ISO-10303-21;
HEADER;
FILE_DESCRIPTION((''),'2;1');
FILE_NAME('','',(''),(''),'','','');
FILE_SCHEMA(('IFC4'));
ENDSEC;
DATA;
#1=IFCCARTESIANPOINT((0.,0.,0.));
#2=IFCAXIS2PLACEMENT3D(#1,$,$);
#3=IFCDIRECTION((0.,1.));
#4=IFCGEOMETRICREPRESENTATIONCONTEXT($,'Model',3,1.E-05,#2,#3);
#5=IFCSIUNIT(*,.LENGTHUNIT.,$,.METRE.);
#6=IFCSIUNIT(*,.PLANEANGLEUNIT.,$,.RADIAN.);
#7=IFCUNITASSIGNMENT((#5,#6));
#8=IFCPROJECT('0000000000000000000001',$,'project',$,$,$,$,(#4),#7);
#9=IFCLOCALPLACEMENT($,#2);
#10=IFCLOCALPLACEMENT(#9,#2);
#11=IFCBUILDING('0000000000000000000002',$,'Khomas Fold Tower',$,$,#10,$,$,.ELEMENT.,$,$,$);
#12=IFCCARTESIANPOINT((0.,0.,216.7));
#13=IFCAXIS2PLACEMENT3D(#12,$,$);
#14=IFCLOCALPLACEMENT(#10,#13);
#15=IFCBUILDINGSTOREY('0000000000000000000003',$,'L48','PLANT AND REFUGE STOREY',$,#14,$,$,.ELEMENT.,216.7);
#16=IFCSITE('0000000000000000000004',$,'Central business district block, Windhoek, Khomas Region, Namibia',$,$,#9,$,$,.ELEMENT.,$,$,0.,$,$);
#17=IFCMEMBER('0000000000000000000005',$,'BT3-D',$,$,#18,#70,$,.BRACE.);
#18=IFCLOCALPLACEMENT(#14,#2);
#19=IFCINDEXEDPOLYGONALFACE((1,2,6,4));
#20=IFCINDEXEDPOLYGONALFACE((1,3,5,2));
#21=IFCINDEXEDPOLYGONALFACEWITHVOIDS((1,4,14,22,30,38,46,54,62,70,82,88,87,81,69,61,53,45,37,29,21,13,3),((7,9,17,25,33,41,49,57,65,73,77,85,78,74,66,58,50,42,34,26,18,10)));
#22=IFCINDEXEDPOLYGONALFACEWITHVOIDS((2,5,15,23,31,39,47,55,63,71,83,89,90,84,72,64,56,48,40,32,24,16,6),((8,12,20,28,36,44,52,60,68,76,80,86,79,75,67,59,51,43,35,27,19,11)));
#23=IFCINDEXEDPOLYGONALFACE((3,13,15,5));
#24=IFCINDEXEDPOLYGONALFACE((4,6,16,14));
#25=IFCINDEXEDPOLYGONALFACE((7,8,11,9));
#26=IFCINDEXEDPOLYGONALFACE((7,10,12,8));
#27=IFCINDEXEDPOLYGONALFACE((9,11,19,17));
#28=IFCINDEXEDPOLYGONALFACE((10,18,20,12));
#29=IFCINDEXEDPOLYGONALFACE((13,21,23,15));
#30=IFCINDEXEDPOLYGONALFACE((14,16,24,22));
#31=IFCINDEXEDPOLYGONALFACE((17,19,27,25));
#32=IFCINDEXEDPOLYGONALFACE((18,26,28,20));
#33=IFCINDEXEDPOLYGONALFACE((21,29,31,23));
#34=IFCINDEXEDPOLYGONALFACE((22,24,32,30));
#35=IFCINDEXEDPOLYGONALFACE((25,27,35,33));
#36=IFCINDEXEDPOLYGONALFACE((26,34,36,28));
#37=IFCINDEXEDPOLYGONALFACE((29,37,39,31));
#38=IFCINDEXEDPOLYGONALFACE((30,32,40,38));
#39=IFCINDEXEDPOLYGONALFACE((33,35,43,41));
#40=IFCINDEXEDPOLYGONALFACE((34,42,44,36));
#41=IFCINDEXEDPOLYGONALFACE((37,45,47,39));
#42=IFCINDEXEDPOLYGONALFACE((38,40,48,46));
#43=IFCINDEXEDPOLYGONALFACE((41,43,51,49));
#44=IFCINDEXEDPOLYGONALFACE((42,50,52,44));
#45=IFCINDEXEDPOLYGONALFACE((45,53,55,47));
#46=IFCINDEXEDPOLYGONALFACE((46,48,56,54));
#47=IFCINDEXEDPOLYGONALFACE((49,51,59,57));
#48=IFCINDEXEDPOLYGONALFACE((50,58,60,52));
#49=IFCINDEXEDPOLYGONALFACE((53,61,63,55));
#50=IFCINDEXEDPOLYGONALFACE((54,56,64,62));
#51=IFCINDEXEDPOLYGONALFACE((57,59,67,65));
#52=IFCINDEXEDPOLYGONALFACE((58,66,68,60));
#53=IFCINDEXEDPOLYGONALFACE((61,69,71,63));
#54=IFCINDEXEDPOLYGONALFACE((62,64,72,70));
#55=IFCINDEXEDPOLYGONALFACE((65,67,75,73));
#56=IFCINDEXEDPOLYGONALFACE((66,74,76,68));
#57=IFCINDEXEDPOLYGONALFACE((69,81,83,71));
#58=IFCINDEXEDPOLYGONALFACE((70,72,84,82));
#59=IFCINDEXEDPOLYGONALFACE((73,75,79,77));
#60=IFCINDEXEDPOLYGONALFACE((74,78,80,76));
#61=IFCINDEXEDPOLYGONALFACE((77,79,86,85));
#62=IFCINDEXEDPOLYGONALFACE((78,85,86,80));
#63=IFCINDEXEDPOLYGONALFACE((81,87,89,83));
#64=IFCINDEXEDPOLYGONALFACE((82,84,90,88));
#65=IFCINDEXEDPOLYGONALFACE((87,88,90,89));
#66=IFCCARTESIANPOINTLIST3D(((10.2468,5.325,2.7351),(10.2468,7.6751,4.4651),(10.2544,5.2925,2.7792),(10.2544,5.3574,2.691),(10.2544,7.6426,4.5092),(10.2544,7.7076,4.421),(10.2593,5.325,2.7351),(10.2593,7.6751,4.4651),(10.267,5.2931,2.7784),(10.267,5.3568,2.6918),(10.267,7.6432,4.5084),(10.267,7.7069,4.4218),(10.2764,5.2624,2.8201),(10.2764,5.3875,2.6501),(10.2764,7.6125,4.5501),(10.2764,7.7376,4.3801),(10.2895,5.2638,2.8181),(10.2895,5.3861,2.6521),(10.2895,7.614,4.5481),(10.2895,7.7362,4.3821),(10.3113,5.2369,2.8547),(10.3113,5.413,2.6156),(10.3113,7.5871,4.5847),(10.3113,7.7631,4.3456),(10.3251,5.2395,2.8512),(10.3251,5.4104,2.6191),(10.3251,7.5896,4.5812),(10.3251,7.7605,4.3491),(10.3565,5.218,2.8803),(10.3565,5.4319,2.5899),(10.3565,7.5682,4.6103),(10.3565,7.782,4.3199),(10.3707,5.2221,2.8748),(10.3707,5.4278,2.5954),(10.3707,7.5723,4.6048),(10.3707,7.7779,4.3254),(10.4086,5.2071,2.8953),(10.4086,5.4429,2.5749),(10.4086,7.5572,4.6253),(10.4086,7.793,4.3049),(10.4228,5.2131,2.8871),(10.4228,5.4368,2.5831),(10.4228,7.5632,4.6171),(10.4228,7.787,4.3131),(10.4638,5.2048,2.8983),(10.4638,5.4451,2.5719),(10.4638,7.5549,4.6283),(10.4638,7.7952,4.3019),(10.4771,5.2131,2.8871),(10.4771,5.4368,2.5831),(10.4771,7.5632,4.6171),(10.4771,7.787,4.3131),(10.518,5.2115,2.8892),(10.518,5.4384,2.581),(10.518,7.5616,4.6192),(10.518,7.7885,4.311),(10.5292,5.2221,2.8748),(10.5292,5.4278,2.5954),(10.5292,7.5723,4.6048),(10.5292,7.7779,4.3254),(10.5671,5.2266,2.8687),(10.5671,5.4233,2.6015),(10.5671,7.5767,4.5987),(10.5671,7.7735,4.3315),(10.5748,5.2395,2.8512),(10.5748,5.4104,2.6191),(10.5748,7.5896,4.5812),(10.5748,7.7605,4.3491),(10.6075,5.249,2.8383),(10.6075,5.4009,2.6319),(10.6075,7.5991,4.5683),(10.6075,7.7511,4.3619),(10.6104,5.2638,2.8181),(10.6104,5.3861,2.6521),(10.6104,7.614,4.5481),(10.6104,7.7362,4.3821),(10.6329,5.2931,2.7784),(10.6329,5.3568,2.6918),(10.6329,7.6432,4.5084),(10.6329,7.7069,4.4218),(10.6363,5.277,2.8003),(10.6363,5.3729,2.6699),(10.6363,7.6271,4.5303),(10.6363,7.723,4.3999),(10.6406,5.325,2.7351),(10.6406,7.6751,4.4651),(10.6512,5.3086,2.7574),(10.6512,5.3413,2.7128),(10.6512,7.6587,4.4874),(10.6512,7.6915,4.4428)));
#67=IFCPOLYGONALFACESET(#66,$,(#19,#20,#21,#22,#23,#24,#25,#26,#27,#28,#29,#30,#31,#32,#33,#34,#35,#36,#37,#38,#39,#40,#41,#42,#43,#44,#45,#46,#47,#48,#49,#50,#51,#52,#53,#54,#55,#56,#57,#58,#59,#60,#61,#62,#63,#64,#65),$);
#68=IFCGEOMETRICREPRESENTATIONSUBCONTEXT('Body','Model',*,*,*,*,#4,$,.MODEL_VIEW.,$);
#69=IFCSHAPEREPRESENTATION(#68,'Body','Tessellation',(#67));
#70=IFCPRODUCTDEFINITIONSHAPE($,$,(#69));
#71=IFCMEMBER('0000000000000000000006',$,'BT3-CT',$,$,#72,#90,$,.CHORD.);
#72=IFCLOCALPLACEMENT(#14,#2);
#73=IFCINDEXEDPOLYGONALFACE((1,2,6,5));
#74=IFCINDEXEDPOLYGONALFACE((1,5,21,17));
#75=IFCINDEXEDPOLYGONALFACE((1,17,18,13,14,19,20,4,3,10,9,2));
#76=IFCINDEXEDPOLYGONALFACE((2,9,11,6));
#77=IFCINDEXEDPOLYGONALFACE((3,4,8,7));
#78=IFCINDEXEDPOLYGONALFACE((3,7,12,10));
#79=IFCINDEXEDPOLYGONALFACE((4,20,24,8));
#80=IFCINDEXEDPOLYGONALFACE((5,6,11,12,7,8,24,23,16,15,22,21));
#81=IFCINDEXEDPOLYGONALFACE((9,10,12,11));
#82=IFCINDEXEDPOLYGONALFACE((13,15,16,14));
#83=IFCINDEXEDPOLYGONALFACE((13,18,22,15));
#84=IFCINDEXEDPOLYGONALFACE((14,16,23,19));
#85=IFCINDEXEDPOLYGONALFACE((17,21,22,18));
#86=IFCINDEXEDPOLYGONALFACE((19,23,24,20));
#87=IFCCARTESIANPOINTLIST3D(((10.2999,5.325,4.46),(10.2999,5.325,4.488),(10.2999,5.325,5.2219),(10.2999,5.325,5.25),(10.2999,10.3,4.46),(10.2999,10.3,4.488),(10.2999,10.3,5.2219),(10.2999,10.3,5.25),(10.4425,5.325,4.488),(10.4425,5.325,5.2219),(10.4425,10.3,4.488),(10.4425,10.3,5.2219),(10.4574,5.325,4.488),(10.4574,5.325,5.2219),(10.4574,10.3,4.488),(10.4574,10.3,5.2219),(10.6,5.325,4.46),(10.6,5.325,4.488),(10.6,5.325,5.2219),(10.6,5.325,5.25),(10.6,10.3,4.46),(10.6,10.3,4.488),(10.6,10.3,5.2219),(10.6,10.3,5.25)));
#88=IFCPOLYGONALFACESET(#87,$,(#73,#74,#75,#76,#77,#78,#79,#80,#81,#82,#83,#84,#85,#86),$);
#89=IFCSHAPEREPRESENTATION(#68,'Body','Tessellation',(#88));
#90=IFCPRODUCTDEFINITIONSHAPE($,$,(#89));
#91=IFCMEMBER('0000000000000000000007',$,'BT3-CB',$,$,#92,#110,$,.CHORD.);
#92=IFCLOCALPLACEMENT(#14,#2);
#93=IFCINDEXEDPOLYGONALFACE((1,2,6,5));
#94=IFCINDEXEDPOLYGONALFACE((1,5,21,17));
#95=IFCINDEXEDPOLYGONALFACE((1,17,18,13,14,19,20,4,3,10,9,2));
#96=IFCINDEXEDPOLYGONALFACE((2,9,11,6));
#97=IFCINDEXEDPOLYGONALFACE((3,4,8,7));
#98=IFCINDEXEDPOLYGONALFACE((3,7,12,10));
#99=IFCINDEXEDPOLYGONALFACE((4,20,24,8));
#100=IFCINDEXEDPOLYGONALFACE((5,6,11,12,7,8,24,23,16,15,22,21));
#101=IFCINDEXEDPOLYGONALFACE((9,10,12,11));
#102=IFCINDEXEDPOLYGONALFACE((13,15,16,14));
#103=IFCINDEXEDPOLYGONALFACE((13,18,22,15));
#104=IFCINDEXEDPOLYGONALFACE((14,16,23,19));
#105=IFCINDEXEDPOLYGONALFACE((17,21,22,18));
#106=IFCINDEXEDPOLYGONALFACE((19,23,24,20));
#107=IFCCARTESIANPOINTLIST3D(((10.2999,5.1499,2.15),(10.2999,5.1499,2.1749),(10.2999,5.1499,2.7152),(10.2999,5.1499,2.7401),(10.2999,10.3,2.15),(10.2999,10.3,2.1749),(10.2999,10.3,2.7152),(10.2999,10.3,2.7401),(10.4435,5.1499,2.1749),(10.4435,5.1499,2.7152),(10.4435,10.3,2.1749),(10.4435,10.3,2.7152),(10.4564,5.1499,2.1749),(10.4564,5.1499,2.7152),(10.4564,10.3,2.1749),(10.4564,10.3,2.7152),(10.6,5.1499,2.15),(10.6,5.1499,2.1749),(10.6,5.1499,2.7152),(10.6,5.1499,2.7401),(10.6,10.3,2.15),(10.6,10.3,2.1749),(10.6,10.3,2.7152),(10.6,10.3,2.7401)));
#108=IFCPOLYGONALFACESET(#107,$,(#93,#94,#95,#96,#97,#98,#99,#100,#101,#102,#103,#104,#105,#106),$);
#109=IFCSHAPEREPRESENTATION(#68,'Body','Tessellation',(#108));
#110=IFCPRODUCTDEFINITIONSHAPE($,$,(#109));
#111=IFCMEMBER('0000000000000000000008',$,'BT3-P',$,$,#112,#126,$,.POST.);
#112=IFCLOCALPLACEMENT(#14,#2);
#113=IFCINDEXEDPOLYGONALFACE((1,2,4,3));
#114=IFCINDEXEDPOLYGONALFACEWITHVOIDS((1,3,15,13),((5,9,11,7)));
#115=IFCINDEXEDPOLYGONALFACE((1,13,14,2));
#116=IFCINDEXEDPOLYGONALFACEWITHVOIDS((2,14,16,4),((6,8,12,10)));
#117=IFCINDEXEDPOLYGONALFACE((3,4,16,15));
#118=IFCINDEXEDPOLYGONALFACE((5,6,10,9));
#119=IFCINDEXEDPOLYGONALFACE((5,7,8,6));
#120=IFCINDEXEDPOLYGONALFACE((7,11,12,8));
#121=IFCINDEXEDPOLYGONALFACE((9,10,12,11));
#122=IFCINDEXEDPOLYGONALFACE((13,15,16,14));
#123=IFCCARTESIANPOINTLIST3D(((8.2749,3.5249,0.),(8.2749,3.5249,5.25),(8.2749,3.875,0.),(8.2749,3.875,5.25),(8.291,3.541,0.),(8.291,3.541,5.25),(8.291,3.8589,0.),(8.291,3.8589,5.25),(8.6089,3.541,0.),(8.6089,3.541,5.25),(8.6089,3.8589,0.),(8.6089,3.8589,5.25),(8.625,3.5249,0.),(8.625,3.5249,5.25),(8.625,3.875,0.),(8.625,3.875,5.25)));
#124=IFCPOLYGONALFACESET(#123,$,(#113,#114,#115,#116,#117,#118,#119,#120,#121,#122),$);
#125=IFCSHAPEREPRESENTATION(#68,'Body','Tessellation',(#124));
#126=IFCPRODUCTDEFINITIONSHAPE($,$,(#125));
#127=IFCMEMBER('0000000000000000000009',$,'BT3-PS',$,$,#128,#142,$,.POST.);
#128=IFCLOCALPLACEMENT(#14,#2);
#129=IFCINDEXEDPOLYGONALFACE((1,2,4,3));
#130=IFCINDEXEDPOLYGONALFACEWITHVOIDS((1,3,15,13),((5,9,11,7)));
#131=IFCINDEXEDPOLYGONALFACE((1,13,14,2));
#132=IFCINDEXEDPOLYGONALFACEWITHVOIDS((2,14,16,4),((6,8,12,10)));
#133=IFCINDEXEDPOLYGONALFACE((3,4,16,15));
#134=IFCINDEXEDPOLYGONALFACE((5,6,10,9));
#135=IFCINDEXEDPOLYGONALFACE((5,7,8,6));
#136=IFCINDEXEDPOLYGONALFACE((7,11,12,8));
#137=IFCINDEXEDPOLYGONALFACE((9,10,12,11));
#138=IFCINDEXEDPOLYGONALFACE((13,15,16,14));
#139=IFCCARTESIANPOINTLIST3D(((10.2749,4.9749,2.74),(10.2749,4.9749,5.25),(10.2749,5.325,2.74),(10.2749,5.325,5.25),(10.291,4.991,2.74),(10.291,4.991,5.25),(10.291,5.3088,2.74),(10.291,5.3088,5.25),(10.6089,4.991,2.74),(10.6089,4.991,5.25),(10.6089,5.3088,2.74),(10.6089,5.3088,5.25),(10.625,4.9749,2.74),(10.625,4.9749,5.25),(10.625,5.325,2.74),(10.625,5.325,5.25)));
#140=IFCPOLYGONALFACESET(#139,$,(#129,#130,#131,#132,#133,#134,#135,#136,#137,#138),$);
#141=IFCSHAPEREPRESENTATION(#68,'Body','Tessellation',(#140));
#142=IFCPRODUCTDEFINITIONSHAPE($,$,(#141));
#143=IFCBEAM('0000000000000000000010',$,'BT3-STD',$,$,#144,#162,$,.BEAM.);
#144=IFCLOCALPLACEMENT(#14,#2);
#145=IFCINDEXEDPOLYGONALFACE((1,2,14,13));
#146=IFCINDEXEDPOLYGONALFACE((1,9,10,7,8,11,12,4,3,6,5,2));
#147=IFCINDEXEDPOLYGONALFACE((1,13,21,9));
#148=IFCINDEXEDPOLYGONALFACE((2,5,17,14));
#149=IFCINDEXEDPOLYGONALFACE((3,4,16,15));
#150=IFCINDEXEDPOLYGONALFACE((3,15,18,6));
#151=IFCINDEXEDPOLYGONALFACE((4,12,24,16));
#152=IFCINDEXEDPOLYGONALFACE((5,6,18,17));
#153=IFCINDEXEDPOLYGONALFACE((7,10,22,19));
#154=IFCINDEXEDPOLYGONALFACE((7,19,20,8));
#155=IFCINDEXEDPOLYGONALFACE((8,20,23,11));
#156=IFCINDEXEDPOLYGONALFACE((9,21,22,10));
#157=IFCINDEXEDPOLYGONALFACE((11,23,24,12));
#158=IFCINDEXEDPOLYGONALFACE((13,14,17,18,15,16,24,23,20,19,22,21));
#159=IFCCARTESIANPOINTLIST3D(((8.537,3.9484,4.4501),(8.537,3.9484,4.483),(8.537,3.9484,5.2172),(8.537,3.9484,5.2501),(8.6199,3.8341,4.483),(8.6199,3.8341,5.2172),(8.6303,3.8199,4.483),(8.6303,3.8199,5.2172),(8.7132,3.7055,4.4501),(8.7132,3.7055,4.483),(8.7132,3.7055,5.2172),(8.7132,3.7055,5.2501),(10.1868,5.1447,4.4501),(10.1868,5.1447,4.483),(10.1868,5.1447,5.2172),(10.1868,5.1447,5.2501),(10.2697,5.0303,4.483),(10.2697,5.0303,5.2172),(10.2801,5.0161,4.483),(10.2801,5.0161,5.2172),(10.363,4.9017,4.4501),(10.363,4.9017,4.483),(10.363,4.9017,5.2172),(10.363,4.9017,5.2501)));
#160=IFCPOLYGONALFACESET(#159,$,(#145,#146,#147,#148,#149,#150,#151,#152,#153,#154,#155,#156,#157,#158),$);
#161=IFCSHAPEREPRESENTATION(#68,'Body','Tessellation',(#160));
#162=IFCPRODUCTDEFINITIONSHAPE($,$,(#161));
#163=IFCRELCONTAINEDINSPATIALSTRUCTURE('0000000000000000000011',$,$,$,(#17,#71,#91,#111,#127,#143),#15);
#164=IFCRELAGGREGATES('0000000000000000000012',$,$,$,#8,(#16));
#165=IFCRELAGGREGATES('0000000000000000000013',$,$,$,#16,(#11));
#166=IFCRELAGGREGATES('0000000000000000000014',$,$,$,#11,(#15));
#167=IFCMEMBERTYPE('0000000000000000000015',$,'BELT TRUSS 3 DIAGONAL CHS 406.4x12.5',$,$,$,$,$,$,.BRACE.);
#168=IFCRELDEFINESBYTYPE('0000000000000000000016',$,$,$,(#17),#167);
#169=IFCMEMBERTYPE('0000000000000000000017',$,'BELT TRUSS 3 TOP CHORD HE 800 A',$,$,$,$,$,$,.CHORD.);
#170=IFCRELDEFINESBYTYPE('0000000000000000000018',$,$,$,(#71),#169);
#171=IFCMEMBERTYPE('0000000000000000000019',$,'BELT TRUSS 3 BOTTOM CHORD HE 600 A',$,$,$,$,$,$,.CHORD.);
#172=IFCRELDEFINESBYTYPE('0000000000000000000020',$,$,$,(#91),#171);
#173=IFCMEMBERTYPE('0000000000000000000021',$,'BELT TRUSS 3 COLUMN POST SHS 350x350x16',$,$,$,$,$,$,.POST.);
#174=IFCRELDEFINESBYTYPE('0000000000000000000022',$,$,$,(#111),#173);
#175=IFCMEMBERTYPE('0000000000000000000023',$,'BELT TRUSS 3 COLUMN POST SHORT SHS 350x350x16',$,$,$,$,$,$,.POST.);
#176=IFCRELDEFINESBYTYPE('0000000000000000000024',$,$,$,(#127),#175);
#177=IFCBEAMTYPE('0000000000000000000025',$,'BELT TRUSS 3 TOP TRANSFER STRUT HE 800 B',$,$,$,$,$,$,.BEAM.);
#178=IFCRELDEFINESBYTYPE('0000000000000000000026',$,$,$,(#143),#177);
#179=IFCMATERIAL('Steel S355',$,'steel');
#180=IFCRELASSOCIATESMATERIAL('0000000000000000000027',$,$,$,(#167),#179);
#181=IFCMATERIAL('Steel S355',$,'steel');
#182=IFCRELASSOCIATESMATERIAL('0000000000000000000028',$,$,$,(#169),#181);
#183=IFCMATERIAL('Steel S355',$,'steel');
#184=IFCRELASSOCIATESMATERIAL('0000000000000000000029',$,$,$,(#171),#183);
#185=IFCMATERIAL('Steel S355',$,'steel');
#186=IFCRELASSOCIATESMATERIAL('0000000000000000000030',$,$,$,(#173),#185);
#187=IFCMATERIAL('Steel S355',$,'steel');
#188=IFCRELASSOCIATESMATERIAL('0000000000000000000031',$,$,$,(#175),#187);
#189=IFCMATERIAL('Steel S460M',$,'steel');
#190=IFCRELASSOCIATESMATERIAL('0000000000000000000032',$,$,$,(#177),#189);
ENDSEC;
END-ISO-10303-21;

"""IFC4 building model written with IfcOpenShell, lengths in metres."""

from ifc_helpers import new_model, si_unit, direction, frame, origin, origin_2d, place, context, subcontext, project, spatial, hollow_rectangle, hollow_circle, i_section, extrude, source, transform, mapped, material, material_profile, profile_set, type_object, element, save


model = new_model("IFC4")

# Units and contexts
model_context = context("Model", 3, precision=1e-05, world=origin(), true_north=direction((0.0, 1.0)))
body_context = subcontext(model_context, "Body", "Model", "MODEL_VIEW")
ifc_project = project(units=[si_unit("LENGTHUNIT", "METRE"), si_unit("PLANEANGLEUNIT", "RADIAN")], contexts=[model_context])

# Site, building, storey
site_placement = place(None, origin())
site = spatial("IfcSite", under=ifc_project, at=site_placement, Name="Central business district block, Windhoek, Khomas Region, Namibia", CompositionType="ELEMENT", RefElevation=0.0)
building_placement = place(site_placement, origin())
building = spatial("IfcBuilding", under=site, at=building_placement, Name="Khomas Fold Tower", CompositionType="ELEMENT")
storey_placement = place(building_placement, frame((0.0, 0.0, 216.7)))
storey = spatial("IfcBuildingStorey", under=building, at=storey_placement, Name="L48", Description="PLANT AND REFUGE STOREY", CompositionType="ELEMENT", Elevation=216.7)

# Members
ifc_material_1 = material(Name="Steel S355", Category="steel")
ifc_material_profile_1 = material_profile(ifc_material_1, hollow_circle(Radius=0.2031, WallThickness=0.0125, at=origin_2d()), Name="CHS 406.4x12.5")
ifc_profile_set_1 = profile_set([ifc_material_profile_1], Name="Steel S355")
member_type_1 = type_object("IfcMemberType", Name="BELT TRUSS 3 DIAGONAL CHS 406.4x12.5", PredefinedType="BRACE", material=ifc_profile_set_1)
shared_shape_1 = source(origin(), body_context, "Body", "SweptSolid", [
    extrude(hollow_circle(Radius=0.2031, WallThickness=0.0125, at=origin_2d()), origin(), (0.0, 0.0, 1.0), 2.9182),
])
member_1_placement = place(storey_placement, frame((10.45, 5.325, 2.7351), z_axis=(0.0, 0.805329, 0.592828), x_axis=(-1.0, 0.0, 0.0)))
element("IfcMember", 1, at=member_1_placement, inside=storey, type_object=member_type_1, Name="BT3-D", PredefinedType="BRACE", context=body_context, shape_type="MappedRepresentation", body=[
    mapped(shared_shape_1, transform((0.0, 0.0, 0.0))),
])
ifc_material_2 = material(Name="Steel S355", Category="steel")
ifc_material_profile_2 = material_profile(ifc_material_2, i_section(OverallWidth=0.3, OverallDepth=0.79, WebThickness=0.0149, FlangeThickness=0.0281, at=origin_2d()), Name="HE 800 A")
ifc_profile_set_2 = profile_set([ifc_material_profile_2], Name="Steel S355")
member_type_2 = type_object("IfcMemberType", Name="BELT TRUSS 3 TOP CHORD HE 800 A", PredefinedType="CHORD", material=ifc_profile_set_2)
shared_shape_2 = source(origin(), body_context, "Body", "SweptSolid", [
    extrude(i_section(OverallWidth=0.3, OverallDepth=0.79, WebThickness=0.0149, FlangeThickness=0.0281, at=origin_2d()), origin(), (0.0, 0.0, 1.0), 4.9751),
])
member_2_placement = place(storey_placement, frame((10.45, 5.325, 4.855), z_axis=(0.0, 1.0, 0.0), x_axis=(-1.0, 0.0, 0.0)))
element("IfcMember", 2, at=member_2_placement, inside=storey, type_object=member_type_2, Name="BT3-CT", PredefinedType="CHORD", context=body_context, shape_type="MappedRepresentation", body=[
    mapped(shared_shape_2, transform((0.0, 0.0, 0.0))),
])
ifc_material_3 = material(Name="Steel S355", Category="steel")
ifc_material_profile_3 = material_profile(ifc_material_3, i_section(OverallWidth=0.3, OverallDepth=0.5901, WebThickness=0.0129, FlangeThickness=0.0249, at=origin_2d()), Name="HE 600 A")
ifc_profile_set_3 = profile_set([ifc_material_profile_3], Name="Steel S355")
member_type_3 = type_object("IfcMemberType", Name="BELT TRUSS 3 BOTTOM CHORD HE 600 A", PredefinedType="CHORD", material=ifc_profile_set_3)
shared_shape_3 = source(origin(), body_context, "Body", "SweptSolid", [
    extrude(i_section(OverallWidth=0.3, OverallDepth=0.5901, WebThickness=0.0129, FlangeThickness=0.0249, at=origin_2d()), origin(), (0.0, 0.0, 1.0), 5.1501),
])
member_3_placement = place(storey_placement, frame((10.45, 5.1499, 2.4451), z_axis=(0.0, 1.0, 0.0), x_axis=(-1.0, 0.0, 0.0)))
element("IfcMember", 3, at=member_3_placement, inside=storey, type_object=member_type_3, Name="BT3-CB", PredefinedType="CHORD", context=body_context, shape_type="MappedRepresentation", body=[
    mapped(shared_shape_3, transform((0.0, 0.0, 0.0))),
])
ifc_material_4 = material(Name="Steel S355", Category="steel")
ifc_material_profile_4 = material_profile(ifc_material_4, hollow_rectangle(XDim=0.3501, YDim=0.3501, WallThickness=0.0161, at=origin_2d()), Name="SHS 350x350x16")
ifc_profile_set_4 = profile_set([ifc_material_profile_4], Name="Steel S355")
member_type_4 = type_object("IfcMemberType", Name="BELT TRUSS 3 COLUMN POST SHS 350x350x16", PredefinedType="POST", material=ifc_profile_set_4)
shared_shape_4 = source(origin(), body_context, "Body", "SweptSolid", [
    extrude(hollow_rectangle(XDim=0.3501, YDim=0.3501, WallThickness=0.0161, at=origin_2d()), origin(), (0.0, 0.0, 1.0), 5.25),
])
member_4_placement = place(storey_placement, frame((8.45, 3.7, 0.0), z_axis=(0.0, 0.0, 1.0), x_axis=(1.0, 0.0, 0.0)))
element("IfcMember", 4, at=member_4_placement, inside=storey, type_object=member_type_4, Name="BT3-P", PredefinedType="POST", context=body_context, shape_type="MappedRepresentation", body=[
    mapped(shared_shape_4, transform((0.0, 0.0, 0.0))),
])
ifc_material_5 = material(Name="Steel S355", Category="steel")
ifc_material_profile_5 = material_profile(ifc_material_5, hollow_rectangle(XDim=0.3501, YDim=0.3501, WallThickness=0.0161, at=origin_2d()), Name="SHS 350x350x16")
ifc_profile_set_5 = profile_set([ifc_material_profile_5], Name="Steel S355")
member_type_5 = type_object("IfcMemberType", Name="BELT TRUSS 3 COLUMN POST SHORT SHS 350x350x16", PredefinedType="POST", material=ifc_profile_set_5)
shared_shape_5 = source(origin(), body_context, "Body", "SweptSolid", [
    extrude(hollow_rectangle(XDim=0.3501, YDim=0.3501, WallThickness=0.0161, at=origin_2d()), origin(), (0.0, 0.0, 1.0), 2.51),
])
member_5_placement = place(storey_placement, frame((10.45, 5.1499, 2.74), z_axis=(0.0, 0.0, 1.0), x_axis=(1.0, 0.0, 0.0)))
element("IfcMember", 5, at=member_5_placement, inside=storey, type_object=member_type_5, Name="BT3-PS", PredefinedType="POST", context=body_context, shape_type="MappedRepresentation", body=[
    mapped(shared_shape_5, transform((0.0, 0.0, 0.0))),
])

# Beam
ifc_material_6 = material(Name="Steel S460M", Category="steel")
ifc_material_profile_6 = material_profile(ifc_material_6, i_section(OverallWidth=0.3, OverallDepth=0.8, WebThickness=0.0176, FlangeThickness=0.033, at=origin_2d()), Name="HE 800 B")
ifc_profile_set_6 = profile_set([ifc_material_profile_6], Name="Steel S460M")
beam_type_1 = type_object("IfcBeamType", Name="BELT TRUSS 3 TOP TRANSFER STRUT HE 800 B", PredefinedType="BEAM", material=ifc_profile_set_6)
shared_shape_6 = source(origin(), body_context, "Body", "SweptSolid", [
    extrude(i_section(OverallWidth=0.3, OverallDepth=0.8, WebThickness=0.0176, FlangeThickness=0.033, at=origin_2d()), origin(), (0.0, 0.0, 1.0), 2.0378),
])
beam_1_placement = place(storey_placement, frame((10.2749, 5.0232, 4.8501), z_axis=(-0.809585, -0.587003, 0.0), x_axis=(0.587003, -0.809585, 0.0)))
element("IfcBeam", 6, at=beam_1_placement, inside=storey, type_object=beam_type_1, Name="BT3-STD", PredefinedType="BEAM", context=body_context, shape_type="MappedRepresentation", body=[
    mapped(shared_shape_6, transform((0.0, 0.0, 0.0))),
])

save(model, "model.ifc")
